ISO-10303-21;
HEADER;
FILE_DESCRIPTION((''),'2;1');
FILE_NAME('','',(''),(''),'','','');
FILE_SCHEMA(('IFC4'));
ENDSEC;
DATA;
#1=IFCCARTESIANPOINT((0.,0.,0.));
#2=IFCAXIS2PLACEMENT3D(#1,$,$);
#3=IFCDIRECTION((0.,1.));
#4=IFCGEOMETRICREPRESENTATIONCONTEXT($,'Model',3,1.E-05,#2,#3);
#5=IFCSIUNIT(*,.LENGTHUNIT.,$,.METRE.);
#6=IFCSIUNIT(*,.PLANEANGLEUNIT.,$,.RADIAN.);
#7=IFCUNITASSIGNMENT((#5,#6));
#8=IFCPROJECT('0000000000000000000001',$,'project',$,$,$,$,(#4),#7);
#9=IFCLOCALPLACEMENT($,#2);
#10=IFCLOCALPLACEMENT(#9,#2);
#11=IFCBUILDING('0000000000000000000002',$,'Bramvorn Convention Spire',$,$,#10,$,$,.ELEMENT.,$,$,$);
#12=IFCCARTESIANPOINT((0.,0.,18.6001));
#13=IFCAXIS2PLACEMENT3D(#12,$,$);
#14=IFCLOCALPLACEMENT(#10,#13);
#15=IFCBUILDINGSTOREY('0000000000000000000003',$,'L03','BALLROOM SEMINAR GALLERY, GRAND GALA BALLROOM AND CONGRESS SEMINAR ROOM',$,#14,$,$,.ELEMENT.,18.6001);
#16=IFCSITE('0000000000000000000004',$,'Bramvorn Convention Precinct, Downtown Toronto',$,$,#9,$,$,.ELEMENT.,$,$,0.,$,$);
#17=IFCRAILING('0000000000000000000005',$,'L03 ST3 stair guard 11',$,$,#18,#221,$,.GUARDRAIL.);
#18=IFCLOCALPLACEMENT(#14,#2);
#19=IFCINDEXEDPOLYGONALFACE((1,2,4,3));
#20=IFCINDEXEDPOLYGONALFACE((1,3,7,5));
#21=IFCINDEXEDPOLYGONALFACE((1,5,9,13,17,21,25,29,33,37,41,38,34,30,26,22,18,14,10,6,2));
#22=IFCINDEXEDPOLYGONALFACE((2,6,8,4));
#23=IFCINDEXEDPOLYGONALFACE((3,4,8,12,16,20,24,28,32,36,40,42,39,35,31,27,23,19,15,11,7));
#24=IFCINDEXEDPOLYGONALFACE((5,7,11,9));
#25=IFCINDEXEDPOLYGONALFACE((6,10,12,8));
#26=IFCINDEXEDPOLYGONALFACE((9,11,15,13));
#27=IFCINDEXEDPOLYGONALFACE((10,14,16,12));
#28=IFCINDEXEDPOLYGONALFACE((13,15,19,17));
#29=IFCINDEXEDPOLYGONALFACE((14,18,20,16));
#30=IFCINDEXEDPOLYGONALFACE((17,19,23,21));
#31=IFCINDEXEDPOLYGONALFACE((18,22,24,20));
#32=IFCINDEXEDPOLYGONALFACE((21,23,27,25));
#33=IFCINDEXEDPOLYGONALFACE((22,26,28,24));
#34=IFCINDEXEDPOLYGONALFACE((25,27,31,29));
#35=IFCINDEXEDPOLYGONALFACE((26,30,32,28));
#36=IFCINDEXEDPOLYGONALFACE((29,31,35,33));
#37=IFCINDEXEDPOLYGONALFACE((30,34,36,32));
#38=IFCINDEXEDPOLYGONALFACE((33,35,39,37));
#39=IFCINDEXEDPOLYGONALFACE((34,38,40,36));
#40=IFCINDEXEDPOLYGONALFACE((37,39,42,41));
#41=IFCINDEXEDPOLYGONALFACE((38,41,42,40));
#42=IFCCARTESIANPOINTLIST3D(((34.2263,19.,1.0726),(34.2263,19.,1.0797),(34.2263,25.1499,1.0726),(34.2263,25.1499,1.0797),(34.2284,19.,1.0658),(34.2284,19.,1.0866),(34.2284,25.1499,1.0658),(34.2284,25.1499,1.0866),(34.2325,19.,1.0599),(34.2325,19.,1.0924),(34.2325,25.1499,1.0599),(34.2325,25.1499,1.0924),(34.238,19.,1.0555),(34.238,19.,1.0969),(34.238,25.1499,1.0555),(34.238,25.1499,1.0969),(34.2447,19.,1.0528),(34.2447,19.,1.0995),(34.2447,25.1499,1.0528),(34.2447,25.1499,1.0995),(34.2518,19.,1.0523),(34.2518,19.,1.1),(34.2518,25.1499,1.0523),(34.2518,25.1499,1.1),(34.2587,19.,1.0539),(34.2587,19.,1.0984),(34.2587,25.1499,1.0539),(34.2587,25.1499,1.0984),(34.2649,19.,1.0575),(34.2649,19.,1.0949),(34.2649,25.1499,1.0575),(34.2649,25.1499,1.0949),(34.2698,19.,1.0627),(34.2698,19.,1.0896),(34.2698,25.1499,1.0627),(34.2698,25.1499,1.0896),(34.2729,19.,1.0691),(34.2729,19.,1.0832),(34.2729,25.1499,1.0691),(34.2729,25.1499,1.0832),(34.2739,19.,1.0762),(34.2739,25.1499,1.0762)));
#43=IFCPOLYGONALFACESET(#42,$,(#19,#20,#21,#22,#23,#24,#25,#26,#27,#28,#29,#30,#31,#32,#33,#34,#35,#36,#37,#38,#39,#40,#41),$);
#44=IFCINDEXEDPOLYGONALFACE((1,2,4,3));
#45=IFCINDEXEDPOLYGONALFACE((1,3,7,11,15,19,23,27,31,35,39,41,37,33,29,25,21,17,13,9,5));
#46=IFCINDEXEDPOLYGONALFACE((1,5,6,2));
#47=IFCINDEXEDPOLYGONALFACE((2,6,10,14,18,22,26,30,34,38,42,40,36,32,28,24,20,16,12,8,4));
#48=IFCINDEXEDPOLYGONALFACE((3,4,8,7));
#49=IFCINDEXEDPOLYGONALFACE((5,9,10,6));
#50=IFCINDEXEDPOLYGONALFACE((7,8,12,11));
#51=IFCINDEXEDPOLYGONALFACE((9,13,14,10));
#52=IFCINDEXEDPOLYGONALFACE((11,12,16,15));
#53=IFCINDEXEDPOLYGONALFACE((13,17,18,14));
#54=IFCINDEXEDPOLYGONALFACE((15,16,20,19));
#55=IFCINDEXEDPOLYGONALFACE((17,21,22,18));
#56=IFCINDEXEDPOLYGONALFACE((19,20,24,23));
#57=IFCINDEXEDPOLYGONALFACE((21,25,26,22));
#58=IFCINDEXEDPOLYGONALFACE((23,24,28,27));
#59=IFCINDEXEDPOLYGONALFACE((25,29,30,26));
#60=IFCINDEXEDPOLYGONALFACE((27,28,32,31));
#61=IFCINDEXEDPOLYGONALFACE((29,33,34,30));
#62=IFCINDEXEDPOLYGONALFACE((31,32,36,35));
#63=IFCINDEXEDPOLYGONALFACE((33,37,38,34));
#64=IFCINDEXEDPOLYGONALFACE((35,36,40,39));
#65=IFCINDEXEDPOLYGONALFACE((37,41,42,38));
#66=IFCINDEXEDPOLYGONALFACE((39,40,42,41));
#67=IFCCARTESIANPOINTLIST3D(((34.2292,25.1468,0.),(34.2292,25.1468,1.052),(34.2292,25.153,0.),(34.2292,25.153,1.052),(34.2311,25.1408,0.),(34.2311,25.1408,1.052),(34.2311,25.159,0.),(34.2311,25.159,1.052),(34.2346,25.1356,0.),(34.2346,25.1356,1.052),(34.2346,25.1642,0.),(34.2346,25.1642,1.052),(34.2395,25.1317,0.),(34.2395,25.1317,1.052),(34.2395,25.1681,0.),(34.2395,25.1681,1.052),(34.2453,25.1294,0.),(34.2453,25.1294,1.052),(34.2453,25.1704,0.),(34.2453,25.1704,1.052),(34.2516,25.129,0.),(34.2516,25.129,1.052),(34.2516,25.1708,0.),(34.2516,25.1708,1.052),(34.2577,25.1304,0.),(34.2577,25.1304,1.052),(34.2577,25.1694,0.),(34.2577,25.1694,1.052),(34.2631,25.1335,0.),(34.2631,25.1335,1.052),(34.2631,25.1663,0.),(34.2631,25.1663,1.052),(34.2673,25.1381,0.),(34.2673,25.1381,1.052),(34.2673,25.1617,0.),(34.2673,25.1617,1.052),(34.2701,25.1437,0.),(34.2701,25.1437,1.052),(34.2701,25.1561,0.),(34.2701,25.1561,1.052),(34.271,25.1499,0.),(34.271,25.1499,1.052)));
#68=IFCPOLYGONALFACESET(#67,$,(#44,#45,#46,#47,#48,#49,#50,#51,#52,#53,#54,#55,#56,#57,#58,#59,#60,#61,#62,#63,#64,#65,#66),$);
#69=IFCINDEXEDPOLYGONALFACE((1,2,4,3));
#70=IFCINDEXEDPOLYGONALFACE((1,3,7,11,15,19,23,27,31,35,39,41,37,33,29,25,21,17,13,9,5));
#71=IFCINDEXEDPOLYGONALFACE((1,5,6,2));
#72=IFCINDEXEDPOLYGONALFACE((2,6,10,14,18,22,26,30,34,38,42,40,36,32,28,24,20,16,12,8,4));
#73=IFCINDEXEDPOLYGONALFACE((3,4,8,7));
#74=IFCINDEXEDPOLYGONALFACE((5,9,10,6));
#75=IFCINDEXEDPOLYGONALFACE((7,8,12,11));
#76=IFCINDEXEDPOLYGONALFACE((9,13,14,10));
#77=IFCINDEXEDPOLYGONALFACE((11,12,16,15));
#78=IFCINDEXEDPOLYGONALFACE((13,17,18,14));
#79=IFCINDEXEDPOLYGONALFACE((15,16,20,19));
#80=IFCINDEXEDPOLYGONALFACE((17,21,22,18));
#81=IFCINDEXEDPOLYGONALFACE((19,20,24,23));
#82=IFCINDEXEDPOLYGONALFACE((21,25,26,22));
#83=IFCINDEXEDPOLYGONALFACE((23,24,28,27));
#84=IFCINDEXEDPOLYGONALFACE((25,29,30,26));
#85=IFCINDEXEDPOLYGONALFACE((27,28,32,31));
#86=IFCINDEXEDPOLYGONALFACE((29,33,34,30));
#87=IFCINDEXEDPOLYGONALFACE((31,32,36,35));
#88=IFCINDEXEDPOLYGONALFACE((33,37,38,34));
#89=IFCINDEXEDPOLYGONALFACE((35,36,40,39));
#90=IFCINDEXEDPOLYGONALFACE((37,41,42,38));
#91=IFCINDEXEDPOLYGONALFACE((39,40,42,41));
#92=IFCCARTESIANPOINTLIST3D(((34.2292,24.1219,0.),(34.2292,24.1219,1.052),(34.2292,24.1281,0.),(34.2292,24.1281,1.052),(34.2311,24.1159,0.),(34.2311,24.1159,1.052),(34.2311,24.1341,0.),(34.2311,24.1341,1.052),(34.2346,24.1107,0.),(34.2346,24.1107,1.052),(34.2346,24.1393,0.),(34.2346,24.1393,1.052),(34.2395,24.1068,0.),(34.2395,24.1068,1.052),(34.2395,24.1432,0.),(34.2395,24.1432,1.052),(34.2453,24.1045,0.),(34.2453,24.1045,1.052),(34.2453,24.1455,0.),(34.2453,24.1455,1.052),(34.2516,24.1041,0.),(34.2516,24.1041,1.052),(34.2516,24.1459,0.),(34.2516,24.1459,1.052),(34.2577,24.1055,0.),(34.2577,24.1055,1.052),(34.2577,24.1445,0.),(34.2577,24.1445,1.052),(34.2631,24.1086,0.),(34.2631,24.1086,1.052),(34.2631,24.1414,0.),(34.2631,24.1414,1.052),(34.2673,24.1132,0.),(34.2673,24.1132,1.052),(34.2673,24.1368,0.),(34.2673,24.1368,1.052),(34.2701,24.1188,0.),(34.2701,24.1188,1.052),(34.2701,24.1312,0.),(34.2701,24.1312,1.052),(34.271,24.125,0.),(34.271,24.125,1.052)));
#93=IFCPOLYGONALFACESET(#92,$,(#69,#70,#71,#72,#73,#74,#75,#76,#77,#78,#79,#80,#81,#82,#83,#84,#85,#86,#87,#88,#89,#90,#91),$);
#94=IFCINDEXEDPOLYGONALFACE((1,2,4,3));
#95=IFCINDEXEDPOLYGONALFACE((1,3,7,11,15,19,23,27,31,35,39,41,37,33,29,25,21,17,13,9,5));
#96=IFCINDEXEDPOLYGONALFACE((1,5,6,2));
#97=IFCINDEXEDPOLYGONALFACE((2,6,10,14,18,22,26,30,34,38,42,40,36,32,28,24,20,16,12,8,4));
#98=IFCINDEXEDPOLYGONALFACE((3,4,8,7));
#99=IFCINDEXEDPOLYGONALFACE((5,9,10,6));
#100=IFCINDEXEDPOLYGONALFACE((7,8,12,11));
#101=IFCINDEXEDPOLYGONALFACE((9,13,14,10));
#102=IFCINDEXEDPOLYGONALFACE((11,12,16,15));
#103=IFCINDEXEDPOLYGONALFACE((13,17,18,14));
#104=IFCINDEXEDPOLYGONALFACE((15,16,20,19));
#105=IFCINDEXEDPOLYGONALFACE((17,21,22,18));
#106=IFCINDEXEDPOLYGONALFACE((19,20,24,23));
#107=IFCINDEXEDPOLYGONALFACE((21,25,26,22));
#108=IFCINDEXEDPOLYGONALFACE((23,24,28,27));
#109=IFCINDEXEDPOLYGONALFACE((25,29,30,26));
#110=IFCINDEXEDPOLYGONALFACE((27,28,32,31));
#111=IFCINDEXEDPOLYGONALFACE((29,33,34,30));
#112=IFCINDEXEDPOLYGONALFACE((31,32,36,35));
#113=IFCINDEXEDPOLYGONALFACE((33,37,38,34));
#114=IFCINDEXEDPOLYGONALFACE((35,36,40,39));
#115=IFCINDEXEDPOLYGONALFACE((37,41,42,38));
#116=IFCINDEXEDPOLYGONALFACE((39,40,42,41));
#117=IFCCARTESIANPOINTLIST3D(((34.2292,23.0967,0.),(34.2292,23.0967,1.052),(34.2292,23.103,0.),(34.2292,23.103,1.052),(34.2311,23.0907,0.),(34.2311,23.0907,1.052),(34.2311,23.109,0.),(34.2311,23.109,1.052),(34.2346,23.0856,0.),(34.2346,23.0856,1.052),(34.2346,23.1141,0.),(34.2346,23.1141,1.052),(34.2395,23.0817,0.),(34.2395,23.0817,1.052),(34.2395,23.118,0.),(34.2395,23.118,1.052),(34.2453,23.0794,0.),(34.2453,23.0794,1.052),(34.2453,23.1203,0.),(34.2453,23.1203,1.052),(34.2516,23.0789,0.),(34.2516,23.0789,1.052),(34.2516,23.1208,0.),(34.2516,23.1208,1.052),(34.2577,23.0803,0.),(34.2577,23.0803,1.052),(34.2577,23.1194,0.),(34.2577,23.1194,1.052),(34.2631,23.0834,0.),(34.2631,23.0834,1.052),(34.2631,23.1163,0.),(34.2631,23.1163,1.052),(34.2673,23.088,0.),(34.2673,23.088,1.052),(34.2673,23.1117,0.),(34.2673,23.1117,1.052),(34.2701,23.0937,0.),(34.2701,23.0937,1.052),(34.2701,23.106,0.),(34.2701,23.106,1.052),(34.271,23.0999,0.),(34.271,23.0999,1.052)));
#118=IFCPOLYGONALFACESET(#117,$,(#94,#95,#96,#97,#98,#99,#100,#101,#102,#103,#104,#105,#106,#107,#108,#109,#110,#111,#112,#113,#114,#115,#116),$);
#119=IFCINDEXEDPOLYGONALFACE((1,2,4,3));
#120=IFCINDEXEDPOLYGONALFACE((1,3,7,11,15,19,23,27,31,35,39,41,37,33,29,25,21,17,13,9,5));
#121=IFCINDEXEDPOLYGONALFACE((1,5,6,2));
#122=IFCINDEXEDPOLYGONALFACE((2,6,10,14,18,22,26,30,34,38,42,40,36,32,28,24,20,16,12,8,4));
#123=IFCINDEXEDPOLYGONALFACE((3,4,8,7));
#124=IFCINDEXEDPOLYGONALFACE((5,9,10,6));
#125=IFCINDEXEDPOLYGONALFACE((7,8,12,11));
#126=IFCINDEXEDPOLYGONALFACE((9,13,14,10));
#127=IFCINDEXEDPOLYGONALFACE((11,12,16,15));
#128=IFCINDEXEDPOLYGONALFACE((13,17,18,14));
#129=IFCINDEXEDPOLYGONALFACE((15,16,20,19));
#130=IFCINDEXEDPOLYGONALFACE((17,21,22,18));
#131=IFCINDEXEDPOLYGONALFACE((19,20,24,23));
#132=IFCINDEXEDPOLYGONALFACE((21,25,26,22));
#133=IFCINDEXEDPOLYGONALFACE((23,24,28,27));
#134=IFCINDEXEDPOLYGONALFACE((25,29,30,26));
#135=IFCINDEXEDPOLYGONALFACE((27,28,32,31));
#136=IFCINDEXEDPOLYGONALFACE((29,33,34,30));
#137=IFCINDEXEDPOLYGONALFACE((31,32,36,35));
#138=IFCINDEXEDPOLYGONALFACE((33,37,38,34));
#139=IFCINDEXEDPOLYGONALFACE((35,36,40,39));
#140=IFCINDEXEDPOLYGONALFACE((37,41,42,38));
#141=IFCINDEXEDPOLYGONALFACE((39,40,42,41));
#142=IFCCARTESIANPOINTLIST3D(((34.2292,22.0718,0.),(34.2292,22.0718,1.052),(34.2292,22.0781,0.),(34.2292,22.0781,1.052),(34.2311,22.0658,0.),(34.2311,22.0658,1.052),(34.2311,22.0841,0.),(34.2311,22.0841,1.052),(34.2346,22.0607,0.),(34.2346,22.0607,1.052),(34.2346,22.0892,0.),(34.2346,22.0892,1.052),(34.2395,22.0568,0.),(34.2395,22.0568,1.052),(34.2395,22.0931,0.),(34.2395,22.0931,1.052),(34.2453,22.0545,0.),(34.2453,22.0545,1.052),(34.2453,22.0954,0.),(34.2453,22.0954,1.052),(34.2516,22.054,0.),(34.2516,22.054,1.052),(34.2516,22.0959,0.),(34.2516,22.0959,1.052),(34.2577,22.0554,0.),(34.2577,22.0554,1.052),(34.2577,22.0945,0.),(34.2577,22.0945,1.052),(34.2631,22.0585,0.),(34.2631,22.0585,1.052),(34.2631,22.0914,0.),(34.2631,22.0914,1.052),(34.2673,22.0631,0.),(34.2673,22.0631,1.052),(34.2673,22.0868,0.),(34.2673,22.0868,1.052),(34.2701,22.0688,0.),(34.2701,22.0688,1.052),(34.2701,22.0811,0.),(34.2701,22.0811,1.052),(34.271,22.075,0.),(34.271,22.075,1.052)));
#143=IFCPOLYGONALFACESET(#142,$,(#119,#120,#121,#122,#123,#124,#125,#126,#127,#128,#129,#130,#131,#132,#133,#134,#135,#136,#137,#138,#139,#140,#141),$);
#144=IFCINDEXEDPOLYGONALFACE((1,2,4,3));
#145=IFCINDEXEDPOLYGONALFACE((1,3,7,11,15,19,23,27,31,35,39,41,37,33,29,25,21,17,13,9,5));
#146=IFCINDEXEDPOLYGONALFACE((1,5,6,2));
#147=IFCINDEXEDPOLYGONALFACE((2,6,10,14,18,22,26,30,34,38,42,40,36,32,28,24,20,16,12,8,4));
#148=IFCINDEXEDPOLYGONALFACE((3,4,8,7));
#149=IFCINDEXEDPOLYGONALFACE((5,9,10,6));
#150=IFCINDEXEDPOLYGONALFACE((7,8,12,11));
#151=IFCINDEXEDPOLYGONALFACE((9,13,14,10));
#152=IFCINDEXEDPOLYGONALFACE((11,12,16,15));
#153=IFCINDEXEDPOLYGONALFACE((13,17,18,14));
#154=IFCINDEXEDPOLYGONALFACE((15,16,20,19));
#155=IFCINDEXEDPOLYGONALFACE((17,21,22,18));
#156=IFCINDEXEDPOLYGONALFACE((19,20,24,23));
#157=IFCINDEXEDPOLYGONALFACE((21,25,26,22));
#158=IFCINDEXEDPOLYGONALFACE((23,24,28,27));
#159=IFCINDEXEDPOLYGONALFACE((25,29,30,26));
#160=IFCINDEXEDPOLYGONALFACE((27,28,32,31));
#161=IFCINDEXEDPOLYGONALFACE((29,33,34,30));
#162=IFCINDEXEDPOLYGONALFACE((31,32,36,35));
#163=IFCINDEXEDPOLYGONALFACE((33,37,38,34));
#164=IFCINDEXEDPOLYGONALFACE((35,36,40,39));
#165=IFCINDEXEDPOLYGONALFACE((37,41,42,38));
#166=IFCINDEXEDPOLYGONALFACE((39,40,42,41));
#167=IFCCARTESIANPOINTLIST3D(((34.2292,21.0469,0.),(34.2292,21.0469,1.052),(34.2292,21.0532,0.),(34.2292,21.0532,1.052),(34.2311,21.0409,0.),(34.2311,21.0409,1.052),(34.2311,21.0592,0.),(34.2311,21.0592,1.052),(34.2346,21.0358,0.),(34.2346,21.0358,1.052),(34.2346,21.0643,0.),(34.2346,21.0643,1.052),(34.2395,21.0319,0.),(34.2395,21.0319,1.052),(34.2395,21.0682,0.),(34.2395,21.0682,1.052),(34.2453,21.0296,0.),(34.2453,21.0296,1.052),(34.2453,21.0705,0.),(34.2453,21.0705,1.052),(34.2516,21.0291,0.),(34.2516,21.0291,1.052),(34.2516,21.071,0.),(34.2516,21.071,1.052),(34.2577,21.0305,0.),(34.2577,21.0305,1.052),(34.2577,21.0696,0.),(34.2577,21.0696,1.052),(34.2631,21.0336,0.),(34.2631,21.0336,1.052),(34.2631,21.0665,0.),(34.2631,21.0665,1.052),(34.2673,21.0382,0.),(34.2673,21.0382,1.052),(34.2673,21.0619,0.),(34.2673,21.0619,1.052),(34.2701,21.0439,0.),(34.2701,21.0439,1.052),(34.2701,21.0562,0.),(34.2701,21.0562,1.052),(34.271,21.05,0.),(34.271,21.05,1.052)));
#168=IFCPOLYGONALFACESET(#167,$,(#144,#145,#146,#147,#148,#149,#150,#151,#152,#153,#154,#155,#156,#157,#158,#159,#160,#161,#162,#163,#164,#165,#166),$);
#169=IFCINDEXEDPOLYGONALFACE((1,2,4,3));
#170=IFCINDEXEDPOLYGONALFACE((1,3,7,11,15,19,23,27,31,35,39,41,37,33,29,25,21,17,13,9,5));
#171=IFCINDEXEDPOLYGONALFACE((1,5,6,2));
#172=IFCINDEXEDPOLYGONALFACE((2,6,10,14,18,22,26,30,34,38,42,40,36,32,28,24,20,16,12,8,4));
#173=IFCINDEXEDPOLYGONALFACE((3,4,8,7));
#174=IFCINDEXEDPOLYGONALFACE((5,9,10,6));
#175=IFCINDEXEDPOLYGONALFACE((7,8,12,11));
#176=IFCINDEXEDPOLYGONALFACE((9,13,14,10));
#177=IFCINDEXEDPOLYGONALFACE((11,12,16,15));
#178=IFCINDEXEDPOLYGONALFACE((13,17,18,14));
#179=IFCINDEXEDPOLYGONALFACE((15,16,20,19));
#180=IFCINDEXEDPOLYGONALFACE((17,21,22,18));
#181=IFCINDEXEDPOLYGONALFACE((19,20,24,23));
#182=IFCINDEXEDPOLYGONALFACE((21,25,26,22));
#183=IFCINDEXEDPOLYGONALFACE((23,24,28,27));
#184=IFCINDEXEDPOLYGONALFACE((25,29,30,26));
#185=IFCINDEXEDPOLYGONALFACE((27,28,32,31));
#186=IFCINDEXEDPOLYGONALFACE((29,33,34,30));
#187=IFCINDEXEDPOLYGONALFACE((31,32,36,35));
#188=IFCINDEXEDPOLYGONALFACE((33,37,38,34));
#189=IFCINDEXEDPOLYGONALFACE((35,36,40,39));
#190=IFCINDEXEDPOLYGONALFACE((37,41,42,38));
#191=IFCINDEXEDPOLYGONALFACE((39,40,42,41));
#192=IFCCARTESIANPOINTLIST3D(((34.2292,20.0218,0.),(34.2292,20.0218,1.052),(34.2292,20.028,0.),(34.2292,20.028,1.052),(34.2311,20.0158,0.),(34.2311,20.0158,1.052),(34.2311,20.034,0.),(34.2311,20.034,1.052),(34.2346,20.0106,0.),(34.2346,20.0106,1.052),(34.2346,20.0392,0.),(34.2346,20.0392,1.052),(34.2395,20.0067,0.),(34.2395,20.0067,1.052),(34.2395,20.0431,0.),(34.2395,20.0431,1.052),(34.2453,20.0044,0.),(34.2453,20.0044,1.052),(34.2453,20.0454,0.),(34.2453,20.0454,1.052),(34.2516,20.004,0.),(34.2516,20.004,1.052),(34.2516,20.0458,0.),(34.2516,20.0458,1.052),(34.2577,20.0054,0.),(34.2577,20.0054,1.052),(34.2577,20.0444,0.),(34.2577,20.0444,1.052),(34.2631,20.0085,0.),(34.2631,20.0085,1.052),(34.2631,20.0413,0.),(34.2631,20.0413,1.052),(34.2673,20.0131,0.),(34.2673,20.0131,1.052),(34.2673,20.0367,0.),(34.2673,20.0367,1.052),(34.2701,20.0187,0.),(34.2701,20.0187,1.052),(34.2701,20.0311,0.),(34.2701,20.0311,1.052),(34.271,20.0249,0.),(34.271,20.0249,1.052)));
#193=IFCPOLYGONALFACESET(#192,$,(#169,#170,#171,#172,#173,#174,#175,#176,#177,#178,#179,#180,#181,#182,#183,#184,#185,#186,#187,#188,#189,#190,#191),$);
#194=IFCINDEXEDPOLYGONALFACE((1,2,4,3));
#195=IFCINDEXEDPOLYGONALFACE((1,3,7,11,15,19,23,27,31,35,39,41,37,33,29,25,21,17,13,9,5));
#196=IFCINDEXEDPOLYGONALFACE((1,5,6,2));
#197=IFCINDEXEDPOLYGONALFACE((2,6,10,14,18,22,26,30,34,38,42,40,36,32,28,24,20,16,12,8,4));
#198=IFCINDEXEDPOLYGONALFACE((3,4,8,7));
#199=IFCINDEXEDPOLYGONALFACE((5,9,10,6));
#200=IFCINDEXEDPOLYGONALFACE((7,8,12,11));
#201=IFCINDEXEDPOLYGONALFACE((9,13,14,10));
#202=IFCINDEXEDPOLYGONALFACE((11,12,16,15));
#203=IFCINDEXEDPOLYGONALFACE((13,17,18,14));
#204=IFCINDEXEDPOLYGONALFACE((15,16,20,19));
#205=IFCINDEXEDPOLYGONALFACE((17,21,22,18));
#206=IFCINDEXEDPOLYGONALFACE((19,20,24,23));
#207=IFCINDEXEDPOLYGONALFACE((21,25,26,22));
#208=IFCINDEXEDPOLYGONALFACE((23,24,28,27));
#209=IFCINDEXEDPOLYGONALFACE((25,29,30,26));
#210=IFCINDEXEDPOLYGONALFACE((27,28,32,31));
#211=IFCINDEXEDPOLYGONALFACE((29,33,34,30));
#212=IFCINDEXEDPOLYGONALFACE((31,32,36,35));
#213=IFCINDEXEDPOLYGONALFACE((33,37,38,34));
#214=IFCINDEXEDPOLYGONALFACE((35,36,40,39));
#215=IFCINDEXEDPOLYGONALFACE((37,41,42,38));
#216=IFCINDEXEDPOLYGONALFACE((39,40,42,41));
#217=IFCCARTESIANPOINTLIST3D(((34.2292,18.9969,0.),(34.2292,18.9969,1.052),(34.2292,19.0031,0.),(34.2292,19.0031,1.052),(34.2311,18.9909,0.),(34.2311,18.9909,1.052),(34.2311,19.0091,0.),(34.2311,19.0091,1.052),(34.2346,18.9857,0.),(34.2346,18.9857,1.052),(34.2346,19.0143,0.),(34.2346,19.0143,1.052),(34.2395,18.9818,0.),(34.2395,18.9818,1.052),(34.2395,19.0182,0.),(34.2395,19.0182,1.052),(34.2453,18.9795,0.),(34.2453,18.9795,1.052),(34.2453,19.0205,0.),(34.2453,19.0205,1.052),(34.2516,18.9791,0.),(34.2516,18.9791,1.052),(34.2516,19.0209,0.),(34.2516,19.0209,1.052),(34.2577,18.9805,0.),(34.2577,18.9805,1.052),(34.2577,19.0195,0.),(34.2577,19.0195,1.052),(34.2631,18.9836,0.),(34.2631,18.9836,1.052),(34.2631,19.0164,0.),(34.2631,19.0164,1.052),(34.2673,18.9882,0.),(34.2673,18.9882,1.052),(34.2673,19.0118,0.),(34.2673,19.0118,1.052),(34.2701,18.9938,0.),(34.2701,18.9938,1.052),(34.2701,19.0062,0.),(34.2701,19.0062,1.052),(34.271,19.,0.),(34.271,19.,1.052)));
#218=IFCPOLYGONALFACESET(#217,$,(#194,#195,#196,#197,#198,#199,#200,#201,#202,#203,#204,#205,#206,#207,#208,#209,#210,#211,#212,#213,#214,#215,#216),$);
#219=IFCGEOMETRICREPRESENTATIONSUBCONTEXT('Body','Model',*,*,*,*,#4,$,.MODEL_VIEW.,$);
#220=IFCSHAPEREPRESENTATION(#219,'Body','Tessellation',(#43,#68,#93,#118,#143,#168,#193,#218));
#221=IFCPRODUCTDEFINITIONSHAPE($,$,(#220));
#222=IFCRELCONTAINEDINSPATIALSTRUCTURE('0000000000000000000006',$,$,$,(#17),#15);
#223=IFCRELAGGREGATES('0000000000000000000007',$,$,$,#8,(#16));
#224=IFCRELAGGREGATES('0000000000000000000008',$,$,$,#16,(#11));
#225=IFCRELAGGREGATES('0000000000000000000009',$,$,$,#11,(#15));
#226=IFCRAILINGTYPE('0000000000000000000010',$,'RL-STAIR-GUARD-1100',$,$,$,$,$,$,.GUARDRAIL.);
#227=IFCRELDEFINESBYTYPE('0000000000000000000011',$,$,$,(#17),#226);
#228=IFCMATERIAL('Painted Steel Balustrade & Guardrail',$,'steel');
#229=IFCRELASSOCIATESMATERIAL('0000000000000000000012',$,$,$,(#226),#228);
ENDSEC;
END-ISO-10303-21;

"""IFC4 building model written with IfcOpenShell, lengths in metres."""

from ifc_helpers import new_model, si_unit, direction, frame, origin, origin_2d, place, context, subcontext, project, spatial, circle, extrude, material, type_object, element, save


model = new_model("IFC4")

# Units and contexts
model_context = context("Model", 3, precision=1e-05, world=origin(), true_north=direction((0.0, 1.0)))
body_context = subcontext(model_context, "Body", "Model", "MODEL_VIEW")
ifc_project = project(units=[si_unit("LENGTHUNIT", "METRE"), si_unit("PLANEANGLEUNIT", "RADIAN")], contexts=[model_context])

# Site, building, storey
site_placement = place(None, origin())
site = spatial("IfcSite", under=ifc_project, at=site_placement, Name="Bramvorn Convention Precinct, Downtown Toronto", CompositionType="ELEMENT", RefElevation=0.0)
building_placement = place(site_placement, origin())
building = spatial("IfcBuilding", under=site, at=building_placement, Name="Bramvorn Convention Spire", CompositionType="ELEMENT")
storey_placement = place(building_placement, frame((0.0, 0.0, 18.6001)))
storey = spatial("IfcBuildingStorey", under=building, at=storey_placement, Name="L03", Description="BALLROOM SEMINAR GALLERY, GRAND GALA BALLROOM AND CONGRESS SEMINAR ROOM", CompositionType="ELEMENT", Elevation=18.6001)

# Railing
ifc_material_1 = material(Name="Painted Steel Balustrade & Guardrail", Category="steel")
railing_type_1 = type_object("IfcRailingType", Name="RL-STAIR-GUARD-1100", PredefinedType="GUARDRAIL", material=ifc_material_1)
railing_1_placement = place(storey_placement, frame((34.25, 25.1499, 0.0)))
element("IfcRailing", 1, at=railing_1_placement, inside=storey, type_object=railing_type_1, Name="L03 ST3 stair guard 11", PredefinedType="GUARDRAIL", context=body_context, shape_type="SweptSolid", body=[
    extrude(circle(Radius=0.0239, at=origin_2d()), frame((0.0, 0.0, 1.0762), z_axis=(0.0, -1.0, 0.0), x_axis=(1.0, 0.0, 0.0)), (0.0, 0.0, 1.0), 6.1499),
    extrude(circle(Radius=0.021, at=origin_2d()), origin(), (0.0, 0.0, 1.0), 1.052),
    extrude(circle(Radius=0.021, at=origin_2d()), frame((0.0, -1.0249, 0.0)), (0.0, 0.0, 1.0), 1.052),
    extrude(circle(Radius=0.021, at=origin_2d()), frame((0.0, -2.05, 0.0)), (0.0, 0.0, 1.0), 1.052),
    extrude(circle(Radius=0.021, at=origin_2d()), frame((0.0, -3.075, 0.0)), (0.0, 0.0, 1.0), 1.052),
    extrude(circle(Radius=0.021, at=origin_2d()), frame((0.0, -4.0999, 0.0)), (0.0, 0.0, 1.0), 1.052),
    extrude(circle(Radius=0.021, at=origin_2d()), frame((0.0, -5.125, 0.0)), (0.0, 0.0, 1.0), 1.052),
    extrude(circle(Radius=0.021, at=origin_2d()), frame((0.0, -6.1499, 0.0)), (0.0, 0.0, 1.0), 1.052),
])

save(model, "model.ifc")
